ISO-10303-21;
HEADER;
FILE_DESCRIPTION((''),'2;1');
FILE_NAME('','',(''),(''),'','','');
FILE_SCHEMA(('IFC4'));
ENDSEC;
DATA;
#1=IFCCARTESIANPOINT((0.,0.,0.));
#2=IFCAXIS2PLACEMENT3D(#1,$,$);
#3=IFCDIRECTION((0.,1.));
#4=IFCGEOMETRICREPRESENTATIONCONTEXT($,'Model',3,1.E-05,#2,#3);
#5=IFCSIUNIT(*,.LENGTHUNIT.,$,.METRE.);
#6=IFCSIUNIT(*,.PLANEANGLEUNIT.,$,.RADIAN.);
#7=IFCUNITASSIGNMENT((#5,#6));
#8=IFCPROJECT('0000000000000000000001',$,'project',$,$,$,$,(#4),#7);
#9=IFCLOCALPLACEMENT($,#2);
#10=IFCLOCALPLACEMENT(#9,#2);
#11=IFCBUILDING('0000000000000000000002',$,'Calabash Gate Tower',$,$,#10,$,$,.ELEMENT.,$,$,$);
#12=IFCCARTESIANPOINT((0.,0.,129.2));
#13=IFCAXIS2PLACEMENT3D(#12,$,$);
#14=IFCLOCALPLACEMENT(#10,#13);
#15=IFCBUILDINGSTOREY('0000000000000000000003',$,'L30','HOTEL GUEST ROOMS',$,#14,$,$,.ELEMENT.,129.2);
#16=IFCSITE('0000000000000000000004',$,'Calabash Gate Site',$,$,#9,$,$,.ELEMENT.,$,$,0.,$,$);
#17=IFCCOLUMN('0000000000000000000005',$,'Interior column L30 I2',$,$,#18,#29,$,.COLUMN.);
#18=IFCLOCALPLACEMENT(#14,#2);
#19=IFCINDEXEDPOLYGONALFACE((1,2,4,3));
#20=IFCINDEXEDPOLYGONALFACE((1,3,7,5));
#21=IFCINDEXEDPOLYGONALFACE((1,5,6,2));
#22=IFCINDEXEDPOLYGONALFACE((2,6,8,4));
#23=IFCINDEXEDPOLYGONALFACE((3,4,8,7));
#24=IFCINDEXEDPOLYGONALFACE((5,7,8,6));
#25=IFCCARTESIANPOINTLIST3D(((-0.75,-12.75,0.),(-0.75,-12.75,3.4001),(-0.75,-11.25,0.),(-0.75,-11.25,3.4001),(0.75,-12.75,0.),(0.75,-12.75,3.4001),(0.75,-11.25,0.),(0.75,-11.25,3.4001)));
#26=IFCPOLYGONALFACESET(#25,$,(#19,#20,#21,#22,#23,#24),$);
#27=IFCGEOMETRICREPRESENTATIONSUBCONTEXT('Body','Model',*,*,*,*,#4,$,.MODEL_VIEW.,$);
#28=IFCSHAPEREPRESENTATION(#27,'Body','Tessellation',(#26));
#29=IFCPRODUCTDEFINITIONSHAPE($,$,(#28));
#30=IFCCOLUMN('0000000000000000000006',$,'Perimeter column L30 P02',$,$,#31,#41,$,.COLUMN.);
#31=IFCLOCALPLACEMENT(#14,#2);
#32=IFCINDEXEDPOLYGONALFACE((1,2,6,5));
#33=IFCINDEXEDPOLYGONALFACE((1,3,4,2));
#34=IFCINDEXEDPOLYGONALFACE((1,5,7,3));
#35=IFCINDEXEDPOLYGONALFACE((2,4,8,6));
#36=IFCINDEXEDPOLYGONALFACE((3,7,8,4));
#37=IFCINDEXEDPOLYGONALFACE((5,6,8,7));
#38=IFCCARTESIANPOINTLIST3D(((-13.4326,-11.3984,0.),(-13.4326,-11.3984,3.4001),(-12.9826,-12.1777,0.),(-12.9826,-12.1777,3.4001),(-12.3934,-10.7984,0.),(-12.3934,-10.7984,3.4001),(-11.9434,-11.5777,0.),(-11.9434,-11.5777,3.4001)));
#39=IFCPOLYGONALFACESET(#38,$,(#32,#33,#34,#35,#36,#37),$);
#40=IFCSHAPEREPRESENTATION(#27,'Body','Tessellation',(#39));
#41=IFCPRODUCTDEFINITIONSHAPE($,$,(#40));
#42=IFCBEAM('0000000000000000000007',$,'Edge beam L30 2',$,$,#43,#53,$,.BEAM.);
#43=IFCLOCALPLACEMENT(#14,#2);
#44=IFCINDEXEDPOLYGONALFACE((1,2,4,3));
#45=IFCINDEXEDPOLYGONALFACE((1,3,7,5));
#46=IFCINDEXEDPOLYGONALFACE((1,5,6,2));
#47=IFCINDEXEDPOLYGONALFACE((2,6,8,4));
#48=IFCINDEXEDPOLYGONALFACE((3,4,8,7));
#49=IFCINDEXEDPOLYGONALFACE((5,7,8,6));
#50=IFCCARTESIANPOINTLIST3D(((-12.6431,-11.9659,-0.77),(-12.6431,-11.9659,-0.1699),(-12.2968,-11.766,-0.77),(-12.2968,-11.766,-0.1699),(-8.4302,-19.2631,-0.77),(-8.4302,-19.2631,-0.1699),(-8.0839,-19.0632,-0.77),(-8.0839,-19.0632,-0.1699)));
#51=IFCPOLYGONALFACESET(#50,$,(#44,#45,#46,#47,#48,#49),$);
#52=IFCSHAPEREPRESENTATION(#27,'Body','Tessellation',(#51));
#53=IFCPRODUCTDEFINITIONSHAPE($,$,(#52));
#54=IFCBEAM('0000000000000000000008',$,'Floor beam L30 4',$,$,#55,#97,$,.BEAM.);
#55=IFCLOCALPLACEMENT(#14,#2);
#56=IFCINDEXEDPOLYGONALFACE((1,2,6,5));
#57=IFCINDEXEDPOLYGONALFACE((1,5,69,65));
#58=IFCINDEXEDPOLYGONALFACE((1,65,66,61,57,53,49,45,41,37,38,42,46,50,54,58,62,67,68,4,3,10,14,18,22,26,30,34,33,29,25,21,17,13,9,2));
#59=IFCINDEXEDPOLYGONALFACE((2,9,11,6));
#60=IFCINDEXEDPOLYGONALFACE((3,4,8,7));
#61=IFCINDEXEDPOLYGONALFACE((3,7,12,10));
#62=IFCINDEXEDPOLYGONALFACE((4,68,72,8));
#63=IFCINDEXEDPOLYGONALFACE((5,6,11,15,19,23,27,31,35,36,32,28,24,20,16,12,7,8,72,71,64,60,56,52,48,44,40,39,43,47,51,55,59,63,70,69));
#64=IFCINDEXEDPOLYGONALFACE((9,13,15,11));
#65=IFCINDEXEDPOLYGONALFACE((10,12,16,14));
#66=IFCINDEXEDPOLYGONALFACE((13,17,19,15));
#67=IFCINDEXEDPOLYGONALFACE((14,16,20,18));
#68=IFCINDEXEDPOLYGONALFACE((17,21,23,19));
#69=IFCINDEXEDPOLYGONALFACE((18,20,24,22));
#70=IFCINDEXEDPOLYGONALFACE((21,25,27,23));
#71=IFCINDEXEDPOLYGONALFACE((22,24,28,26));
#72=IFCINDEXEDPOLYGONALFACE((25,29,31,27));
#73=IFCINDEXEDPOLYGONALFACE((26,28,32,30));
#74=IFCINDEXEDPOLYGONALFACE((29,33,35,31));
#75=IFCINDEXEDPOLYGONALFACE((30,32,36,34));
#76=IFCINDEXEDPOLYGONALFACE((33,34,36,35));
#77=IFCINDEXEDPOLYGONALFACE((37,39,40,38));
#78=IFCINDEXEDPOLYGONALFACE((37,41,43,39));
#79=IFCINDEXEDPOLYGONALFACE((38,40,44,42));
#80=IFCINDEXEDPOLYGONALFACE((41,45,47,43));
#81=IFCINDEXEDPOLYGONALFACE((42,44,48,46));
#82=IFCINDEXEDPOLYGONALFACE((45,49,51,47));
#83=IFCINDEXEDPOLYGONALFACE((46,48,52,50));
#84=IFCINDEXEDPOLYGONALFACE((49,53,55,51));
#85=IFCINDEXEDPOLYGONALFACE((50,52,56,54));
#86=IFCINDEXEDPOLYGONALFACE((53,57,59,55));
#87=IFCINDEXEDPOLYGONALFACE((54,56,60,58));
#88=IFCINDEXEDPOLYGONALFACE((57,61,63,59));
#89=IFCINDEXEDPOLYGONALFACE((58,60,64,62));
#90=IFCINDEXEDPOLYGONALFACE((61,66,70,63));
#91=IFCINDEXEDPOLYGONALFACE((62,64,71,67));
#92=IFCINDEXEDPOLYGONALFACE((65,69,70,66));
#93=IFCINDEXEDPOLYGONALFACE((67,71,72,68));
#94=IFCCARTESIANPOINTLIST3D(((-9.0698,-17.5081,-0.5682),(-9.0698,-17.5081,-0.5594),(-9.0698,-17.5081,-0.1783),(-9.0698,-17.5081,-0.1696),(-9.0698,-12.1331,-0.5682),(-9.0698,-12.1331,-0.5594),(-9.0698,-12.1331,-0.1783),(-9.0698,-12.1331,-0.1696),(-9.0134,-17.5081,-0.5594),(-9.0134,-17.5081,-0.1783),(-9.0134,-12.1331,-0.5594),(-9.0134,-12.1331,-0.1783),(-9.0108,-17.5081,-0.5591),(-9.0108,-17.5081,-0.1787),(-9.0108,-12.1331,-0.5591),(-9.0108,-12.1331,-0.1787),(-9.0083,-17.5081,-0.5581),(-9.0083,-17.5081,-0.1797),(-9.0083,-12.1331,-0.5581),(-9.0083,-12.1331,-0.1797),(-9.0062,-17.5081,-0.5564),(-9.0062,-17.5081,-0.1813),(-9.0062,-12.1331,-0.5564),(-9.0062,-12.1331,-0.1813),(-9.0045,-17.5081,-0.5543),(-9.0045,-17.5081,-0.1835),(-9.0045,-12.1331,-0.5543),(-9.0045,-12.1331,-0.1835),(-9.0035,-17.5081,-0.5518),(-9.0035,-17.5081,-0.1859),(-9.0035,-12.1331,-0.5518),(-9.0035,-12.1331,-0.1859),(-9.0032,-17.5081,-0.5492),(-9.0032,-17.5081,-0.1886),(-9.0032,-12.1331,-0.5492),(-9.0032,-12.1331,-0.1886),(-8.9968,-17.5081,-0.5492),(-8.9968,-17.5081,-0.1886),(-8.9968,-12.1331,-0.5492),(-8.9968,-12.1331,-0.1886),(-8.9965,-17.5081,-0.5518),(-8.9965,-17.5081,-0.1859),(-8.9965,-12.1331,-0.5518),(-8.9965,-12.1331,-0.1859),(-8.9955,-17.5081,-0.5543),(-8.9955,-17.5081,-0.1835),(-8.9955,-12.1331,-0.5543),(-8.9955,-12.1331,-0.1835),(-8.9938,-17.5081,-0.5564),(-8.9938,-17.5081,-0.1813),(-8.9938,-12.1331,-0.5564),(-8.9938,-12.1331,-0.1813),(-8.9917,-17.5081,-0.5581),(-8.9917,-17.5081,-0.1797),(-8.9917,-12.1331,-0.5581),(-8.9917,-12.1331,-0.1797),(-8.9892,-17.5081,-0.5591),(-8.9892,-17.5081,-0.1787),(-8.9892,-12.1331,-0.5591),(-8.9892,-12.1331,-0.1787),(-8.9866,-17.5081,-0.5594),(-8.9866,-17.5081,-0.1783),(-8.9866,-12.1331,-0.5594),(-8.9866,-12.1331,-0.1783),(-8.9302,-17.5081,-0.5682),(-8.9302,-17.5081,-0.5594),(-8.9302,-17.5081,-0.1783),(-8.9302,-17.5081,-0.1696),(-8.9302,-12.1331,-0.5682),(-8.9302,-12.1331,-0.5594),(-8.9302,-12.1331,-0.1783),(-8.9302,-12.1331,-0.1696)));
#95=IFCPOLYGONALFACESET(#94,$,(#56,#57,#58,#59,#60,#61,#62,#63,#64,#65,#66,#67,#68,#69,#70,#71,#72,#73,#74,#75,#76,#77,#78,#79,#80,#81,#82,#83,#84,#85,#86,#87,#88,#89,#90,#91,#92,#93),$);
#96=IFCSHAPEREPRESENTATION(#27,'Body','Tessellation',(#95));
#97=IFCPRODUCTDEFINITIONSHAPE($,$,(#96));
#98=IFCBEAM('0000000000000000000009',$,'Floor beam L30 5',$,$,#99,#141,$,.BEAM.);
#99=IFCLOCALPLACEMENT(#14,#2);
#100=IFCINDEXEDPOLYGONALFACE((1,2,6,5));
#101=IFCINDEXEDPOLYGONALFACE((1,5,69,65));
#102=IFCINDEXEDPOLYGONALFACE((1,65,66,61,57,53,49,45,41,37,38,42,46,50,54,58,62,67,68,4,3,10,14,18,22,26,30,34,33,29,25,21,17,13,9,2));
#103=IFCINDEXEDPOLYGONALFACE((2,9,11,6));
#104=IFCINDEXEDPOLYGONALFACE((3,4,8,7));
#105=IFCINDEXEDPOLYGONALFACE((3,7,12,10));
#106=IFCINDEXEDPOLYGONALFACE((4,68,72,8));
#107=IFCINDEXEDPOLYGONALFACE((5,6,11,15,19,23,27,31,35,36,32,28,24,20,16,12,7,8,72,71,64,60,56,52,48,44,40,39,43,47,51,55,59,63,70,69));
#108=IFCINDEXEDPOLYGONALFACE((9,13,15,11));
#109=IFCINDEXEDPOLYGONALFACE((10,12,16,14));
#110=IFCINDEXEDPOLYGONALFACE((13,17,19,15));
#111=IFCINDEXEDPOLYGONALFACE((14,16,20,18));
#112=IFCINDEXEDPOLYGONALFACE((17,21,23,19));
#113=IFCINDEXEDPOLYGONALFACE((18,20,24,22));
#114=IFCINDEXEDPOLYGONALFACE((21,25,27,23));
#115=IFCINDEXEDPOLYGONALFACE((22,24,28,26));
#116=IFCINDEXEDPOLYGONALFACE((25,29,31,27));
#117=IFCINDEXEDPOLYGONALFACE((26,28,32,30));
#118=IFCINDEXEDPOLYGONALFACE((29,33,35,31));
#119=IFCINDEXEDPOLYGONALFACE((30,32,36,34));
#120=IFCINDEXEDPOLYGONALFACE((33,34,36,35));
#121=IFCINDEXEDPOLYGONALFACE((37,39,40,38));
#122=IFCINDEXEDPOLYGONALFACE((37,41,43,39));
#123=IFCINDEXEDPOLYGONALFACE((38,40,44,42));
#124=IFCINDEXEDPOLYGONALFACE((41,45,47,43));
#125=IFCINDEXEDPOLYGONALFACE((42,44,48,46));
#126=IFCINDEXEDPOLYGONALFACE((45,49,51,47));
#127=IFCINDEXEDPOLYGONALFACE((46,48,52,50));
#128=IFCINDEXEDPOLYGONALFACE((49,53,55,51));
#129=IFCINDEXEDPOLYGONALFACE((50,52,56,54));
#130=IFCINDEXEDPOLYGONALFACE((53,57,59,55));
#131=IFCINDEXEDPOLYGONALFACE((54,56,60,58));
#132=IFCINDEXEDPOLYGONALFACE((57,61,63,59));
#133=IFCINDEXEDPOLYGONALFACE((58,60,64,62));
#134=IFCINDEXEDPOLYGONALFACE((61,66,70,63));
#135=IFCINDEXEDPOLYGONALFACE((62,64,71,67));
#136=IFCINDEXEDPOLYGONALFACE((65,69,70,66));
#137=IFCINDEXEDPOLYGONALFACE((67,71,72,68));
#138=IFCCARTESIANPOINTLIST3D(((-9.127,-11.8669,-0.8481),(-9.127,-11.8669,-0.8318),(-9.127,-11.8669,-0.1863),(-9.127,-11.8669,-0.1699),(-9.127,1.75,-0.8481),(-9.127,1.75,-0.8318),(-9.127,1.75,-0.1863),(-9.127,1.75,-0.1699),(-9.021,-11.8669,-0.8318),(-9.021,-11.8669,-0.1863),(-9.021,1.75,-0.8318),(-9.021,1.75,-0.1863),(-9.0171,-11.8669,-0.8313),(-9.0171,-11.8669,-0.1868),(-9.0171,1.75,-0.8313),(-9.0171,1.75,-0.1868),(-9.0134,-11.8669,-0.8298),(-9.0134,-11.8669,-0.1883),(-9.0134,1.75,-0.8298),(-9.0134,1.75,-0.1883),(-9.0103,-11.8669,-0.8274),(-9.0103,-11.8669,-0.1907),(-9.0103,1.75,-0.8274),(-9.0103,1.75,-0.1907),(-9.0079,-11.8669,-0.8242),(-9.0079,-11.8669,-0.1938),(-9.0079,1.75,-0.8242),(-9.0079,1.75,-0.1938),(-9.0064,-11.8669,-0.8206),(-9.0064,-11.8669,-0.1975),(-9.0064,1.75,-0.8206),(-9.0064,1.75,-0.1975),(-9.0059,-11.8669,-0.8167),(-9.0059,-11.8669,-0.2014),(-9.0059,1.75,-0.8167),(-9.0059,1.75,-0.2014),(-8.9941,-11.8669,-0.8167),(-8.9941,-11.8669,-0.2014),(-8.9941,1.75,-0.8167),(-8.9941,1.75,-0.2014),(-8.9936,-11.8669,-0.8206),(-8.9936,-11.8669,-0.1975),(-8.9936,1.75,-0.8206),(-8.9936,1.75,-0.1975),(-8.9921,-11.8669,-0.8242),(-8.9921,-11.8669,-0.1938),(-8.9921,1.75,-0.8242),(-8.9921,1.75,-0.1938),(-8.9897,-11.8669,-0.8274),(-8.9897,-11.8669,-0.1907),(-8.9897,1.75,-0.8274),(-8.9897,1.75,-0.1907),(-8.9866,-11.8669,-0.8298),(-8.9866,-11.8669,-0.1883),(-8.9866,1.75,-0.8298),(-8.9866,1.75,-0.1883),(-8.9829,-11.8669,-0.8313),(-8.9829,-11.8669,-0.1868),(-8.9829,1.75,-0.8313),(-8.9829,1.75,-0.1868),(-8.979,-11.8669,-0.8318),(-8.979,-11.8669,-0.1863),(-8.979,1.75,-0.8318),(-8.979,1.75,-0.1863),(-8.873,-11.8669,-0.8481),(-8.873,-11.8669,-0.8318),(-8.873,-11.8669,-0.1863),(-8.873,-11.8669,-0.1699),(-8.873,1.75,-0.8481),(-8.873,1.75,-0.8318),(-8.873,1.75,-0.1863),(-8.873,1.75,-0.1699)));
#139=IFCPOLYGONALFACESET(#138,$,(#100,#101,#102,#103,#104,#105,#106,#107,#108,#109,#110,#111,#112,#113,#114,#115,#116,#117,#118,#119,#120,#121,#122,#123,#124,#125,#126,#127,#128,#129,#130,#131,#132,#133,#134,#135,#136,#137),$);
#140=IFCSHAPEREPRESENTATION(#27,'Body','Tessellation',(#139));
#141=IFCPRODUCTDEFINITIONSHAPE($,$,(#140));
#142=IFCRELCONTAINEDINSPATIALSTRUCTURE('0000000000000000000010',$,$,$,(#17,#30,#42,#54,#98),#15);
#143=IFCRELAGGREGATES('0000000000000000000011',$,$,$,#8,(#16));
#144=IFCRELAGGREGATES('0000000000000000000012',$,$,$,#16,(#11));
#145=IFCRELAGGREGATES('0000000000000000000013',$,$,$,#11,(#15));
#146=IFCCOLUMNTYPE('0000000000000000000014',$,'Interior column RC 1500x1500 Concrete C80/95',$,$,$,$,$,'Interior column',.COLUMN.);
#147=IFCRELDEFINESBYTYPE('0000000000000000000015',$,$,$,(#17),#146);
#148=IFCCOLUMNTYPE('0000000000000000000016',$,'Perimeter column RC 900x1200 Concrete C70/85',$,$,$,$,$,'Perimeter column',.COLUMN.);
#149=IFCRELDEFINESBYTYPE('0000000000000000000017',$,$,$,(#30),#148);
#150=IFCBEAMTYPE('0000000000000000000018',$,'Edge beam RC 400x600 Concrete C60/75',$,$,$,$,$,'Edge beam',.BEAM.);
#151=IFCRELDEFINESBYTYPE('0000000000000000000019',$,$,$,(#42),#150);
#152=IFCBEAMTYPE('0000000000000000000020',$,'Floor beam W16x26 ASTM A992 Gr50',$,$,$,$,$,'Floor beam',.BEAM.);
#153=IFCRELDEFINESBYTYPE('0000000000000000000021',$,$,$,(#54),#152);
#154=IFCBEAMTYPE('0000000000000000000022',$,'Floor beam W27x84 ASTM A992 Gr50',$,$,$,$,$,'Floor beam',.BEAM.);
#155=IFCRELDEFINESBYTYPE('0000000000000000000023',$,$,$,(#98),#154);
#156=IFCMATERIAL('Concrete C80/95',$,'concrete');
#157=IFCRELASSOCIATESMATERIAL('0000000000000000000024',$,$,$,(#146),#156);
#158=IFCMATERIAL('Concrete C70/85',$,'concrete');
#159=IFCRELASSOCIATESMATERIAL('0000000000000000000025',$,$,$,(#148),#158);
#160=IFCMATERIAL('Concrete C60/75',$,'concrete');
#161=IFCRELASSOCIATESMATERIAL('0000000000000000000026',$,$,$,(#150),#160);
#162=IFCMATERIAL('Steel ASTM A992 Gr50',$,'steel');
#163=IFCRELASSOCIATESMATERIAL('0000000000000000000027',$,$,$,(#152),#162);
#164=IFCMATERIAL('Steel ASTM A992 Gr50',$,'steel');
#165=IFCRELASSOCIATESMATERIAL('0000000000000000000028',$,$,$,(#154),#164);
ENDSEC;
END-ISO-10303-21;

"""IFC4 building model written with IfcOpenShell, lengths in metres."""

from ifc_helpers import new_model, si_unit, direction, frame, origin, origin_2d, place, context, subcontext, project, spatial, rectangle, i_section, extrude, material, material_profile, profile_set, type_object, element, save


model = new_model("IFC4")

# Units and contexts
model_context = context("Model", 3, precision=1e-05, world=origin(), true_north=direction((0.0, 1.0)))
body_context = subcontext(model_context, "Body", "Model", "MODEL_VIEW")
ifc_project = project(units=[si_unit("LENGTHUNIT", "METRE"), si_unit("PLANEANGLEUNIT", "RADIAN")], contexts=[model_context])

# Site, building, storey
site_placement = place(None, origin())
site = spatial("IfcSite", under=ifc_project, at=site_placement, Name="Calabash Gate Site", CompositionType="ELEMENT", RefElevation=0.0)
building_placement = place(site_placement, origin())
building = spatial("IfcBuilding", under=site, at=building_placement, Name="Calabash Gate Tower", CompositionType="ELEMENT")
storey_placement = place(building_placement, frame((0.0, 0.0, 129.2)))
storey = spatial("IfcBuildingStorey", under=building, at=storey_placement, Name="L30", Description="HOTEL GUEST ROOMS", CompositionType="ELEMENT", Elevation=129.2)

# Columns
ifc_material_1 = material(Name="Concrete C80/95", Category="concrete")
ifc_material_profile_1 = material_profile(ifc_material_1, rectangle(XDim=1.5, YDim=1.5, at=origin_2d()))
ifc_profile_set_1 = profile_set([ifc_material_profile_1], Name="Concrete C80/95")
column_type_1 = type_object("IfcColumnType", Name="Interior column RC 1500x1500 Concrete C80/95", ElementType="Interior column", PredefinedType="COLUMN", material=ifc_profile_set_1)
column_1_placement = place(storey_placement, frame((0.0, -12.0, 0.0), z_axis=(0.0, 0.0, 1.0), x_axis=(1.0, 0.0, 0.0)))
element("IfcColumn", 1, at=column_1_placement, inside=storey, type_object=column_type_1, Name="Interior column L30 I2", PredefinedType="COLUMN", context=body_context, shape_type="SweptSolid", body=[
    extrude(rectangle(XDim=1.5, YDim=1.5, at=origin_2d()), origin(), (0.0, 0.0, 1.0), 3.4001),
])
ifc_material_2 = material(Name="Concrete C70/85", Category="concrete")
ifc_material_profile_2 = material_profile(ifc_material_2, rectangle(XDim=0.8999, YDim=1.2, at=origin_2d()))
ifc_profile_set_2 = profile_set([ifc_material_profile_2], Name="Concrete C70/85")
column_type_2 = type_object("IfcColumnType", Name="Perimeter column RC 900x1200 Concrete C70/85", ElementType="Perimeter column", PredefinedType="COLUMN", material=ifc_profile_set_2)
column_2_placement = place(storey_placement, frame((-12.688, -11.488, 0.0), z_axis=(0.0, 0.0, 1.0), x_axis=(0.5, -0.866025, 0.0)))
element("IfcColumn", 2, at=column_2_placement, inside=storey, type_object=column_type_2, Name="Perimeter column L30 P02", PredefinedType="COLUMN", context=body_context, shape_type="SweptSolid", body=[
    extrude(rectangle(XDim=0.8999, YDim=1.2, at=origin_2d()), origin(), (0.0, 0.0, 1.0), 3.4001),
])

# Beams
ifc_material_3 = material(Name="Concrete C60/75", Category="concrete")
ifc_material_profile_3 = material_profile(ifc_material_3, rectangle(XDim=0.3999, YDim=0.6001, at=origin_2d()))
ifc_profile_set_3 = profile_set([ifc_material_profile_3], Name="Concrete C60/75")
beam_type_1 = type_object("IfcBeamType", Name="Edge beam RC 400x600 Concrete C60/75", ElementType="Edge beam", PredefinedType="BEAM", material=ifc_profile_set_3)
beam_1_placement = place(storey_placement, frame((-12.47, -11.866, -0.47), z_axis=(0.499991, -0.866031, 0.0), x_axis=(0.866031, 0.499991, 0.0)))
element("IfcBeam", 3, at=beam_1_placement, inside=storey, type_object=beam_type_1, Name="Edge beam L30 2", PredefinedType="BEAM", context=body_context, shape_type="SweptSolid", body=[
    extrude(rectangle(XDim=0.3999, YDim=0.6001, at=origin_2d()), origin(), (0.0, 0.0, 1.0), 8.426),
])
ifc_material_4 = material(Name="Steel ASTM A992 Gr50", Category="steel")
ifc_material_profile_4 = material_profile(ifc_material_4, i_section(OverallWidth=0.1396, OverallDepth=0.3987, WebThickness=0.0063, FlangeThickness=0.0088, FilletRadius=0.0103, at=origin_2d()))
ifc_profile_set_4 = profile_set([ifc_material_profile_4], Name="Steel ASTM A992 Gr50")
beam_type_2 = type_object("IfcBeamType", Name="Floor beam W16x26 ASTM A992 Gr50", ElementType="Floor beam", PredefinedType="BEAM", material=ifc_profile_set_4)
beam_2_placement = place(storey_placement, frame((-9.0, -17.5081, -0.3689), z_axis=(0.0, 1.0, 0.0), x_axis=(-1.0, 0.0, 0.0)))
element("IfcBeam", 4, at=beam_2_placement, inside=storey, type_object=beam_type_2, Name="Floor beam L30 4", PredefinedType="BEAM", context=body_context, shape_type="SweptSolid", body=[
    extrude(i_section(OverallWidth=0.1396, OverallDepth=0.3987, WebThickness=0.0063, FlangeThickness=0.0088, FilletRadius=0.0103, at=origin_2d()), origin(), (0.0, 0.0, 1.0), 5.375),
])
ifc_material_5 = material(Name="Steel ASTM A992 Gr50", Category="steel")
ifc_material_profile_5 = material_profile(ifc_material_5, i_section(OverallWidth=0.2539, OverallDepth=0.6782, WebThickness=0.0117, FlangeThickness=0.0164, FilletRadius=0.0151, at=origin_2d()))
ifc_profile_set_5 = profile_set([ifc_material_profile_5], Name="Steel ASTM A992 Gr50")
beam_type_3 = type_object("IfcBeamType", Name="Floor beam W27x84 ASTM A992 Gr50", ElementType="Floor beam", PredefinedType="BEAM", material=ifc_profile_set_5)
beam_3_placement = place(storey_placement, frame((-9.0, -11.8669, -0.509), z_axis=(0.0, 1.0, 0.0), x_axis=(-1.0, 0.0, 0.0)))
element("IfcBeam", 5, at=beam_3_placement, inside=storey, type_object=beam_type_3, Name="Floor beam L30 5", PredefinedType="BEAM", context=body_context, shape_type="SweptSolid", body=[
    extrude(i_section(OverallWidth=0.2539, OverallDepth=0.6782, WebThickness=0.0117, FlangeThickness=0.0164, FilletRadius=0.0151, at=origin_2d()), origin(), (0.0, 0.0, 1.0), 13.6169),
])

save(model, "model.ifc")
